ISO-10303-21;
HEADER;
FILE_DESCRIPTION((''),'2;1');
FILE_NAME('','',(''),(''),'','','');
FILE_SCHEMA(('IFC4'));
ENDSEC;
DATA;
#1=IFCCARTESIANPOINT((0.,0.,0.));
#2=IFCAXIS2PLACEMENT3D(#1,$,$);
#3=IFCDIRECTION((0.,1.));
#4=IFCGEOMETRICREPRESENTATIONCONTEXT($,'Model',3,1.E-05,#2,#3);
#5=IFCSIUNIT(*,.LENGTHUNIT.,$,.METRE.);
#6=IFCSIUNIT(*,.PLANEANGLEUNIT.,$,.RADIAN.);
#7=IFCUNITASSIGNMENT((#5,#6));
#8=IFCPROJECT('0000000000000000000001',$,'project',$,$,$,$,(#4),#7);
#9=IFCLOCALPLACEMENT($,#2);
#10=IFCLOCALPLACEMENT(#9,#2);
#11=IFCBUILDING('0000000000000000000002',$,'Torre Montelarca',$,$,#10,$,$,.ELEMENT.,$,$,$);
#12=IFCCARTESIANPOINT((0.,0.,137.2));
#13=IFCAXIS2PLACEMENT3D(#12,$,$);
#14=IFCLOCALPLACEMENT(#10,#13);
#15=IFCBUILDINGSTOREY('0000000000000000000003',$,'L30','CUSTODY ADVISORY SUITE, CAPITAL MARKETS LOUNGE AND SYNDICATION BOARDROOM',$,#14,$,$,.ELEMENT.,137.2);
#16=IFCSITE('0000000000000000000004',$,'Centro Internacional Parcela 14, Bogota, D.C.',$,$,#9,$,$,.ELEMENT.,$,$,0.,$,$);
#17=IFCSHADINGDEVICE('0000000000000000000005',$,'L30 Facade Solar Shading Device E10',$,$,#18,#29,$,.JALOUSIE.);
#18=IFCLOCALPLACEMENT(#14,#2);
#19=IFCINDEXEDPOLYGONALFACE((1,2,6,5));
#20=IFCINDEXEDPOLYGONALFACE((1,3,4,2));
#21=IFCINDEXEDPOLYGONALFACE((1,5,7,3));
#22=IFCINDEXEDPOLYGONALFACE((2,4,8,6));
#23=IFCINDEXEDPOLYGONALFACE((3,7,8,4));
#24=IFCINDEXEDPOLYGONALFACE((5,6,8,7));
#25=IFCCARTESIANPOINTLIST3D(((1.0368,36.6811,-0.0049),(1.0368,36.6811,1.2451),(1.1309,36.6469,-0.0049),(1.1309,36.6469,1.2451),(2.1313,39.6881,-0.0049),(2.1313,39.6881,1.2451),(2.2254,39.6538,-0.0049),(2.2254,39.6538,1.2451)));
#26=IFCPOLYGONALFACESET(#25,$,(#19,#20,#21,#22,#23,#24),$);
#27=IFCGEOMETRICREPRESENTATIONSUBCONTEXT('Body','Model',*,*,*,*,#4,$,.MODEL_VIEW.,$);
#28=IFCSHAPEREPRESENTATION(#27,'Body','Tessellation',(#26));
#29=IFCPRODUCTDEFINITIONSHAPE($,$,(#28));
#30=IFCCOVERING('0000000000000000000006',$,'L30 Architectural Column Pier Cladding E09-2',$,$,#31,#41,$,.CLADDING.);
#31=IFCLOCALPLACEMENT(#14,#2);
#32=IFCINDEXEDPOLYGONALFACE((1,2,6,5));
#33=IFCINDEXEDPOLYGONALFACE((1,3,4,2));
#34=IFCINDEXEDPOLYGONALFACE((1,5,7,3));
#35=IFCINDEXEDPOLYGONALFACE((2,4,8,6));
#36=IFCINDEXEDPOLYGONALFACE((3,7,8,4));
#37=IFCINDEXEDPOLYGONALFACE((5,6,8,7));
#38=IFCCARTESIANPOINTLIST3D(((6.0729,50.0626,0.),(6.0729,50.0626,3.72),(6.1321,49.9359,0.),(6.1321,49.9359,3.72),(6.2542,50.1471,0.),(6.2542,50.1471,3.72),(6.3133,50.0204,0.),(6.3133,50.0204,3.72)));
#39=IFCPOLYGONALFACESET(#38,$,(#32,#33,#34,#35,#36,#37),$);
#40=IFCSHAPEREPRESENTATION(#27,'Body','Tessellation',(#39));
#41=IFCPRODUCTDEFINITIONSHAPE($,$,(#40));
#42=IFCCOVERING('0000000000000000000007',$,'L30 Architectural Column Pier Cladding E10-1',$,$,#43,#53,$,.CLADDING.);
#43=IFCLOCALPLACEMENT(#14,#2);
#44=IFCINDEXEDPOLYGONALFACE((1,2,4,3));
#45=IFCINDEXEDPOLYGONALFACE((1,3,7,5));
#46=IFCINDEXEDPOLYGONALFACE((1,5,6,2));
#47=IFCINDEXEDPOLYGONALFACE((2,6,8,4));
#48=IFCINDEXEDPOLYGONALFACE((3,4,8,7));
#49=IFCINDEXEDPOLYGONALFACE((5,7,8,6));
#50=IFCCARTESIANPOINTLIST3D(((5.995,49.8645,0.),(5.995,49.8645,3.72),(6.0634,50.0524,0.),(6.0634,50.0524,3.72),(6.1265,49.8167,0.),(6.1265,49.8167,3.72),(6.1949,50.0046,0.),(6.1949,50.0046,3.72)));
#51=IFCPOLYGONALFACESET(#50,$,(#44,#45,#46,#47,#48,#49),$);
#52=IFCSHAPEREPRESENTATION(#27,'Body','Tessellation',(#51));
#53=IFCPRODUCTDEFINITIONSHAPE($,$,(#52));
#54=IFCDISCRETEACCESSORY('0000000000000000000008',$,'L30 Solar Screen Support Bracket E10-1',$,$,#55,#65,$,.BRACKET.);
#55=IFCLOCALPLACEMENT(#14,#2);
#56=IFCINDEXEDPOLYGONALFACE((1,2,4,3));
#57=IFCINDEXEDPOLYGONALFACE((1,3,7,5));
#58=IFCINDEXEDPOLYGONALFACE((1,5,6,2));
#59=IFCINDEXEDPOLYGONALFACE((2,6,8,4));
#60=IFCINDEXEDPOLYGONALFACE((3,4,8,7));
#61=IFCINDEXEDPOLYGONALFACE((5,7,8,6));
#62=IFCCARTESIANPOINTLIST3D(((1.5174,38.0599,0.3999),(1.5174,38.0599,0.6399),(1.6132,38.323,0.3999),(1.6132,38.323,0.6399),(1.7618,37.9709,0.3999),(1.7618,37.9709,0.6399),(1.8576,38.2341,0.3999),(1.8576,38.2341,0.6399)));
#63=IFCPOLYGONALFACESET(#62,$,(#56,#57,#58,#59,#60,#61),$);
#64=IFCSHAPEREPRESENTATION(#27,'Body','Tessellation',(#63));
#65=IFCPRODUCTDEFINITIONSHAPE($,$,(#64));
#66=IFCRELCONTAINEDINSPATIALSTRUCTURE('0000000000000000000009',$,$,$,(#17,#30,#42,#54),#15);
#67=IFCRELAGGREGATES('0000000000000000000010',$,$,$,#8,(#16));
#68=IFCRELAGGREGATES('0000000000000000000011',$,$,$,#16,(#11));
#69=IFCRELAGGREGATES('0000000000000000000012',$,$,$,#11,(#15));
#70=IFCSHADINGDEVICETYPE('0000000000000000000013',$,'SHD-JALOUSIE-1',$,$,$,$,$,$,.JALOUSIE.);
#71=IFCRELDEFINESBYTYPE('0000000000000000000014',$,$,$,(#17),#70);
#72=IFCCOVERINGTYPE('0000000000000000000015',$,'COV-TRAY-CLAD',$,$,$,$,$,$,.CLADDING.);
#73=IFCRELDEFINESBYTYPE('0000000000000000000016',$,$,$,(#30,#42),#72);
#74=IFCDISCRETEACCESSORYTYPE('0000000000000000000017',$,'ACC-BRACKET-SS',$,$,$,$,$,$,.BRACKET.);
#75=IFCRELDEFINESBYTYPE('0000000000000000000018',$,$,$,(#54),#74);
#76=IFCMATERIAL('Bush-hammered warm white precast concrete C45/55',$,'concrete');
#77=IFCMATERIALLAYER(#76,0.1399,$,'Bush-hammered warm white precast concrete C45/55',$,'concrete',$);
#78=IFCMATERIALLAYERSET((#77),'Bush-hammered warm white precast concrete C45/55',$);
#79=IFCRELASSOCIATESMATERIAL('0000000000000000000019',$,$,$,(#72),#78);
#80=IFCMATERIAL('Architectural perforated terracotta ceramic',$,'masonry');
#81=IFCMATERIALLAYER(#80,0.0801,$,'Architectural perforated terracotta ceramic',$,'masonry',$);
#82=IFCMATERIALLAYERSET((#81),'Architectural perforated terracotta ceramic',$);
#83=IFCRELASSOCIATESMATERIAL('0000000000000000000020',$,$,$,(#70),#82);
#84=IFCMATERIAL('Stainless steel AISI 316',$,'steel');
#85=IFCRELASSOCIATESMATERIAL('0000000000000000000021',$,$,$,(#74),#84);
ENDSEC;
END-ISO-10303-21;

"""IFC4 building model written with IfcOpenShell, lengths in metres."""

from ifc_helpers import new_model, si_unit, direction, frame, origin, origin_2d, place, context, subcontext, project, spatial, rectangle, extrude, source, transform, mapped, material, layer, layer_set, type_object, element, save


model = new_model("IFC4")

# Units and contexts
model_context = context("Model", 3, precision=1e-05, world=origin(), true_north=direction((0.0, 1.0)))
body_context = subcontext(model_context, "Body", "Model", "MODEL_VIEW")
ifc_project = project(units=[si_unit("LENGTHUNIT", "METRE"), si_unit("PLANEANGLEUNIT", "RADIAN")], contexts=[model_context])

# Site, building, storey
site_placement = place(None, origin())
site = spatial("IfcSite", under=ifc_project, at=site_placement, Name="Centro Internacional Parcela 14, Bogota, D.C.", CompositionType="ELEMENT", RefElevation=0.0)
building_placement = place(site_placement, origin())
building = spatial("IfcBuilding", under=site, at=building_placement, Name="Torre Montelarca", CompositionType="ELEMENT")
storey_placement = place(building_placement, frame((0.0, 0.0, 137.2)))
storey = spatial("IfcBuildingStorey", under=building, at=storey_placement, Name="L30", Description="CUSTODY ADVISORY SUITE, CAPITAL MARKETS LOUNGE AND SYNDICATION BOARDROOM", CompositionType="ELEMENT", Elevation=137.2)

# Shared definitions
ifc_material_1 = material(Name="Architectural perforated terracotta ceramic", Category="masonry")

# Shared definitions
ifc_material_2 = material(Name="Bush-hammered warm white precast concrete C45/55", Category="concrete")
ifc_layer_1 = layer(ifc_material_2, 0.1399, Name="Bush-hammered warm white precast concrete C45/55", Category="concrete")
ifc_layer_set_1 = layer_set([ifc_layer_1], Name="Bush-hammered warm white precast concrete C45/55")
covering_type = type_object("IfcCoveringType", Name="COV-TRAY-CLAD", PredefinedType="CLADDING", material=ifc_layer_set_1)

# Shading device
ifc_layer_2 = layer(ifc_material_1, 0.0801, Name="Architectural perforated terracotta ceramic", Category="masonry")
ifc_layer_set_2 = layer_set([ifc_layer_2], Name="Architectural perforated terracotta ceramic")
shading_device_type = type_object("IfcShadingDeviceType", Name="SHD-JALOUSIE-1", PredefinedType="JALOUSIE", material=ifc_layer_set_2)
shared_shape_1 = source(origin(), body_context, "Body", "SweptSolid", [
    extrude(rectangle(XDim=3.2, YDim=0.1001, at=origin_2d()), origin(), (0.0, 0.0, 1.0), 1.25),
])
shading_device_placement = place(storey_placement, frame((1.6311, 38.1675, -0.0049), z_axis=(0.0, 0.0, 1.0), x_axis=(-0.34202, -0.939693, 0.0)))
element("IfcShadingDevice", 1, at=shading_device_placement, inside=storey, type_object=shading_device_type, Name="L30 Facade Solar Shading Device E10", PredefinedType="JALOUSIE", context=body_context, shape_type="MappedRepresentation", body=[
    mapped(shared_shape_1, transform((0.0, 0.0, 0.0), scale=1.0)),
])

# Coverings
shared_shape_2 = source(origin(), body_context, "Body", "SweptSolid", [
    extrude(rectangle(XDim=0.2, YDim=0.1399, at=origin_2d()), origin(), (0.0, 0.0, 1.0), 3.72),
])
for number, where, z_axis, x_axis, name in (
    (2, (6.1931, 50.0415, 0.0), (0.0, 0.0, 1.0), (-0.906311, -0.422612, 0.0), "L30 Architectural Column Pier Cladding E09-2"),
    (3, (6.095, 49.9346, 0.0), (0.0, 0.0, 1.0), (-0.342019, -0.939693, 0.0), "L30 Architectural Column Pier Cladding E10-1"),
):
    element("IfcCovering", number, at=place(storey_placement, frame(where, z_axis=z_axis, x_axis=x_axis)), inside=storey, type_object=covering_type, Name=name, PredefinedType="CLADDING", context=body_context, shape_type="MappedRepresentation", body=[
        mapped(shared_shape_2, transform((0.0, 0.0, 0.0), scale=1.0)),
    ])

# Discrete accessory
ifc_material_3 = material(Name="Stainless steel AISI 316", Category="steel")
discrete_accessory_type = type_object("IfcDiscreteAccessoryType", Name="ACC-BRACKET-SS", PredefinedType="BRACKET", material=ifc_material_3)
shared_shape_3 = source(origin(), body_context, "Body", "SweptSolid", [
    extrude(rectangle(XDim=0.28, YDim=0.26, at=origin_2d()), origin(), (0.0, 0.0, 1.0), 0.24),
])
discrete_accessory_placement = place(storey_placement, frame((1.6875, 38.147, 0.3999), z_axis=(0.0, 0.0, 1.0), x_axis=(-0.34202, -0.939693, 0.0)))
element("IfcDiscreteAccessory", 4, at=discrete_accessory_placement, inside=storey, type_object=discrete_accessory_type, Name="L30 Solar Screen Support Bracket E10-1", PredefinedType="BRACKET", context=body_context, shape_type="MappedRepresentation", body=[
    mapped(shared_shape_3, transform((0.0, 0.0, 0.0), scale=1.0)),
])

save(model, "model.ifc")
